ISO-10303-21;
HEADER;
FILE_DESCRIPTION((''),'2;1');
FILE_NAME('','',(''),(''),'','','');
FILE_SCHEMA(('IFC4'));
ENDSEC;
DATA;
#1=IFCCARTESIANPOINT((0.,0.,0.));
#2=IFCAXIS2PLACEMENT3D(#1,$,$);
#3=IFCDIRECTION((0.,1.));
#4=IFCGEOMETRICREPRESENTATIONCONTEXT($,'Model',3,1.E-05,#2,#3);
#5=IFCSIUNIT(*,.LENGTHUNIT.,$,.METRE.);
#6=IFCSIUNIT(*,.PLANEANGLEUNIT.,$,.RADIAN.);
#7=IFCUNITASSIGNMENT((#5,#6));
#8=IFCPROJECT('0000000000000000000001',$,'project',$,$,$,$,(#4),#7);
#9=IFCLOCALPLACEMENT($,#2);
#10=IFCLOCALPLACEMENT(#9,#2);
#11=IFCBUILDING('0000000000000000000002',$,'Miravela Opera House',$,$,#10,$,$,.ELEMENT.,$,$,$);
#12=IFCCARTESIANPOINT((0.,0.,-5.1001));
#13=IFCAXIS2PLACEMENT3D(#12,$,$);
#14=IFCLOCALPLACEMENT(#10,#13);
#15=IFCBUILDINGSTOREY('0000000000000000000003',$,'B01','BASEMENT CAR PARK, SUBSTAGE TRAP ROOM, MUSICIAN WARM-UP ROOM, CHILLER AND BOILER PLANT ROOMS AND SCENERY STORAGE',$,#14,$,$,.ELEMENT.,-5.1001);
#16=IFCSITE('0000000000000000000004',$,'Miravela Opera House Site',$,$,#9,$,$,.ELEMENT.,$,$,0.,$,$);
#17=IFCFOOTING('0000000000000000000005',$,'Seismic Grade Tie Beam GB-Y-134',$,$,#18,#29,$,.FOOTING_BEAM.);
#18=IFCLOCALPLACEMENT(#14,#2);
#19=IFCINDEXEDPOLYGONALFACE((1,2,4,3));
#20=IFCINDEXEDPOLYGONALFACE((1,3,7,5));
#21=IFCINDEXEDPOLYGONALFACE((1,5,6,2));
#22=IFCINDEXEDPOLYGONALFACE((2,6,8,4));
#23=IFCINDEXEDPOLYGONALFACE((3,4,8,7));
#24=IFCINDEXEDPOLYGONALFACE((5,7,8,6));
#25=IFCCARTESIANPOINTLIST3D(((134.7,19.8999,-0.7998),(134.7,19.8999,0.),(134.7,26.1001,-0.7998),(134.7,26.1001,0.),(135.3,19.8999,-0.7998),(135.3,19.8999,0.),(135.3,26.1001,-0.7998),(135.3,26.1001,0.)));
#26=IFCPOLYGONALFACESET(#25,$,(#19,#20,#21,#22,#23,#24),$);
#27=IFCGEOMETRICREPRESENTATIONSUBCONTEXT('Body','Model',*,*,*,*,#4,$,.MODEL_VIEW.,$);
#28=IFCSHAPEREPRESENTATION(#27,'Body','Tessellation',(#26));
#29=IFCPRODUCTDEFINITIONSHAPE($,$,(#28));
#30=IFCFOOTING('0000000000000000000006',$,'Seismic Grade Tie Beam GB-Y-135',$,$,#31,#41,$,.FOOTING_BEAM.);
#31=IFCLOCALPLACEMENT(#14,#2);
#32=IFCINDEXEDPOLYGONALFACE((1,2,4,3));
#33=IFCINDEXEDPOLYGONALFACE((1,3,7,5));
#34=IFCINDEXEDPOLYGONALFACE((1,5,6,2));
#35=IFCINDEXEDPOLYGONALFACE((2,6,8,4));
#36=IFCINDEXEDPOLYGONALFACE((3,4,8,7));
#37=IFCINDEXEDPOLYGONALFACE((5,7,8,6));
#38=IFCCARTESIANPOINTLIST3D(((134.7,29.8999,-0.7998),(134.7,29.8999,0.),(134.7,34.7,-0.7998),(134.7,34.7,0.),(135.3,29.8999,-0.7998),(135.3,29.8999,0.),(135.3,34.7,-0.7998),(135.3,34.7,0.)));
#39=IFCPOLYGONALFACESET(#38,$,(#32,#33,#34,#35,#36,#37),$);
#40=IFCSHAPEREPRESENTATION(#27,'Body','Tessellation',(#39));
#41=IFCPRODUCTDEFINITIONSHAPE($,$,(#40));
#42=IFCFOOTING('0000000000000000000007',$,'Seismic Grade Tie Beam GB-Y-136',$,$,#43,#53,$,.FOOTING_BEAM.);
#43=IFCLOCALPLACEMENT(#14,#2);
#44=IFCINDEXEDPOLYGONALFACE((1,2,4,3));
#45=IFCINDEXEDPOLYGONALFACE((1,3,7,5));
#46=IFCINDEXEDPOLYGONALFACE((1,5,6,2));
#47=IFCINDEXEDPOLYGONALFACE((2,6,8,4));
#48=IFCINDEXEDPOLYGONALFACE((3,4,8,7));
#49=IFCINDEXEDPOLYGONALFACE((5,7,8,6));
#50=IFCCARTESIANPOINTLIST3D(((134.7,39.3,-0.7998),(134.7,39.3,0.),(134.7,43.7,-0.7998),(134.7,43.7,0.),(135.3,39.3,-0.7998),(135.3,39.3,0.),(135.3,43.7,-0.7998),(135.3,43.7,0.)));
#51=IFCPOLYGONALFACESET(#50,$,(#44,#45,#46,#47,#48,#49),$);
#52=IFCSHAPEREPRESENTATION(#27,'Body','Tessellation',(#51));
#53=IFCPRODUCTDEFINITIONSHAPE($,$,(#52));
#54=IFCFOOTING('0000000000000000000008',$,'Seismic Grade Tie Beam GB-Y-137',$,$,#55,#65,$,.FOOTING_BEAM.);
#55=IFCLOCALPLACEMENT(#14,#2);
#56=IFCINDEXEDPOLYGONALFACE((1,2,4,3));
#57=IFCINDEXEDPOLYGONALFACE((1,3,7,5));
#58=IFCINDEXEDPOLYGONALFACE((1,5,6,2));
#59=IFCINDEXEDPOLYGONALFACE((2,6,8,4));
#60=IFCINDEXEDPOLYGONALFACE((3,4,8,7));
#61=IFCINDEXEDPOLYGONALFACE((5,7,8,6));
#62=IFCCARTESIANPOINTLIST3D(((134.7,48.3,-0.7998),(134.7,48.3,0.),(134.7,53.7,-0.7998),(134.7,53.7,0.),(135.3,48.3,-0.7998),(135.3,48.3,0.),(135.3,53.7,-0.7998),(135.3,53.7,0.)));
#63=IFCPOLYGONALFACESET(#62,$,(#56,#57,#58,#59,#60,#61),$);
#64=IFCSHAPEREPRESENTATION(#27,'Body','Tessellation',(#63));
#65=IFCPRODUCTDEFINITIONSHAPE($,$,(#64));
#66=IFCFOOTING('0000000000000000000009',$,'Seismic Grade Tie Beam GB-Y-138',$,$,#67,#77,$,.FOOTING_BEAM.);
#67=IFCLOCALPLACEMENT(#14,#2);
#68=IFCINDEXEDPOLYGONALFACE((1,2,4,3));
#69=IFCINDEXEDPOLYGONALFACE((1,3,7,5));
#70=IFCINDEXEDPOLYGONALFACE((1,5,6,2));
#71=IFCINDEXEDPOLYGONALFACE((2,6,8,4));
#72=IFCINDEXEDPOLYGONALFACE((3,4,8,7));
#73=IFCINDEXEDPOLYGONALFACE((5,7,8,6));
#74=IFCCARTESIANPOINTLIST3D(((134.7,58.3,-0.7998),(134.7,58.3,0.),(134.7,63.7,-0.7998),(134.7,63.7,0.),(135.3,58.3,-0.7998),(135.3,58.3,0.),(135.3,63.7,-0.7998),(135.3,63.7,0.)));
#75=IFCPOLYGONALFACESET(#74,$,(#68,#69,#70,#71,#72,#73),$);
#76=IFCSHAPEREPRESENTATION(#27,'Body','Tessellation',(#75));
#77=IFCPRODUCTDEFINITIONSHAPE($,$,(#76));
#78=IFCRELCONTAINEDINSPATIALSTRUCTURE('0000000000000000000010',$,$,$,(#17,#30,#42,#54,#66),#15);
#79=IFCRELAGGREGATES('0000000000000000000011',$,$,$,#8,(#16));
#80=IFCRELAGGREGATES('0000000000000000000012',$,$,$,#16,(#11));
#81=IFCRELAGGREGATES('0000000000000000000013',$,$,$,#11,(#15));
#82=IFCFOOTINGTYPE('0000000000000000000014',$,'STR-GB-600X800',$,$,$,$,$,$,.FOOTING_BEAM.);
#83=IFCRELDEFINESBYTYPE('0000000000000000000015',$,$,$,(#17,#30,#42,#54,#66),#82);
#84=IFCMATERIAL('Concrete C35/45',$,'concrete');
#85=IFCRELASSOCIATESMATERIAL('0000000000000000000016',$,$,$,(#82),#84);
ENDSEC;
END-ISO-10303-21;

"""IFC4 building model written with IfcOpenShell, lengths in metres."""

from ifc_helpers import new_model, si_unit, direction, frame, origin, place, context, subcontext, project, spatial, polyline, outline, extrude, material, type_object, element, save


model = new_model("IFC4")

# Units and contexts
model_context = context("Model", 3, precision=1e-05, world=origin(), true_north=direction((0.0, 1.0)))
body_context = subcontext(model_context, "Body", "Model", "MODEL_VIEW")
ifc_project = project(units=[si_unit("LENGTHUNIT", "METRE"), si_unit("PLANEANGLEUNIT", "RADIAN")], contexts=[model_context])

# Site, building, storey
site_placement = place(None, origin())
site = spatial("IfcSite", under=ifc_project, at=site_placement, Name="Miravela Opera House Site", CompositionType="ELEMENT", RefElevation=0.0)
building_placement = place(site_placement, origin())
building = spatial("IfcBuilding", under=site, at=building_placement, Name="Miravela Opera House", CompositionType="ELEMENT")
storey_placement = place(building_placement, frame((0.0, 0.0, -5.1001)))
storey = spatial("IfcBuildingStorey", under=building, at=storey_placement, Name="B01", Description="BASEMENT CAR PARK, SUBSTAGE TRAP ROOM, MUSICIAN WARM-UP ROOM, CHILLER AND BOILER PLANT ROOMS AND SCENERY STORAGE", CompositionType="ELEMENT", Elevation=-5.1001)

# Footings
ifc_material = material(Name="Concrete C35/45", Category="concrete")
footing_type = type_object("IfcFootingType", Name="STR-GB-600X800", PredefinedType="FOOTING_BEAM", material=ifc_material)
footing_1_placement = place(storey_placement, frame((0.0, 0.0, -0.7998)))
element("IfcFooting", 1, at=footing_1_placement, inside=storey, type_object=footing_type, Name="Seismic Grade Tie Beam GB-Y-134", PredefinedType="FOOTING_BEAM", context=body_context, shape_type="SweptSolid", body=[
    extrude(outline(polyline([(134.7, 19.8999), (135.3, 19.8999), (135.3, 26.1001), (134.7, 26.1001), (134.7, 19.8999)])), origin(), (0.0, 0.0, 1.0), 0.7998),
])
footing_2_placement = place(storey_placement, frame((0.0, 0.0, -0.7998)))
element("IfcFooting", 2, at=footing_2_placement, inside=storey, type_object=footing_type, Name="Seismic Grade Tie Beam GB-Y-135", PredefinedType="FOOTING_BEAM", context=body_context, shape_type="SweptSolid", body=[
    extrude(outline(polyline([(134.7, 29.8999), (135.3, 29.8999), (135.3, 34.7), (134.7, 34.7), (134.7, 29.8999)])), origin(), (0.0, 0.0, 1.0), 0.7998),
])
footing_3_placement = place(storey_placement, frame((0.0, 0.0, -0.7998)))
element("IfcFooting", 3, at=footing_3_placement, inside=storey, type_object=footing_type, Name="Seismic Grade Tie Beam GB-Y-136", PredefinedType="FOOTING_BEAM", context=body_context, shape_type="SweptSolid", body=[
    extrude(outline(polyline([(134.7, 39.3), (135.3, 39.3), (135.3, 43.7), (134.7, 43.7), (134.7, 39.3)])), origin(), (0.0, 0.0, 1.0), 0.7998),
])
footing_4_placement = place(storey_placement, frame((0.0, 0.0, -0.7998)))
element("IfcFooting", 4, at=footing_4_placement, inside=storey, type_object=footing_type, Name="Seismic Grade Tie Beam GB-Y-137", PredefinedType="FOOTING_BEAM", context=body_context, shape_type="SweptSolid", body=[
    extrude(outline(polyline([(134.7, 48.3), (135.3, 48.3), (135.3, 53.7), (134.7, 53.7), (134.7, 48.3)])), origin(), (0.0, 0.0, 1.0), 0.7998),
])
footing_5_placement = place(storey_placement, frame((0.0, 0.0, -0.7998)))
element("IfcFooting", 5, at=footing_5_placement, inside=storey, type_object=footing_type, Name="Seismic Grade Tie Beam GB-Y-138", PredefinedType="FOOTING_BEAM", context=body_context, shape_type="SweptSolid", body=[
    extrude(outline(polyline([(134.7, 58.3), (135.3, 58.3), (135.3, 63.7), (134.7, 63.7), (134.7, 58.3)])), origin(), (0.0, 0.0, 1.0), 0.7998),
])

save(model, "model.ifc")
